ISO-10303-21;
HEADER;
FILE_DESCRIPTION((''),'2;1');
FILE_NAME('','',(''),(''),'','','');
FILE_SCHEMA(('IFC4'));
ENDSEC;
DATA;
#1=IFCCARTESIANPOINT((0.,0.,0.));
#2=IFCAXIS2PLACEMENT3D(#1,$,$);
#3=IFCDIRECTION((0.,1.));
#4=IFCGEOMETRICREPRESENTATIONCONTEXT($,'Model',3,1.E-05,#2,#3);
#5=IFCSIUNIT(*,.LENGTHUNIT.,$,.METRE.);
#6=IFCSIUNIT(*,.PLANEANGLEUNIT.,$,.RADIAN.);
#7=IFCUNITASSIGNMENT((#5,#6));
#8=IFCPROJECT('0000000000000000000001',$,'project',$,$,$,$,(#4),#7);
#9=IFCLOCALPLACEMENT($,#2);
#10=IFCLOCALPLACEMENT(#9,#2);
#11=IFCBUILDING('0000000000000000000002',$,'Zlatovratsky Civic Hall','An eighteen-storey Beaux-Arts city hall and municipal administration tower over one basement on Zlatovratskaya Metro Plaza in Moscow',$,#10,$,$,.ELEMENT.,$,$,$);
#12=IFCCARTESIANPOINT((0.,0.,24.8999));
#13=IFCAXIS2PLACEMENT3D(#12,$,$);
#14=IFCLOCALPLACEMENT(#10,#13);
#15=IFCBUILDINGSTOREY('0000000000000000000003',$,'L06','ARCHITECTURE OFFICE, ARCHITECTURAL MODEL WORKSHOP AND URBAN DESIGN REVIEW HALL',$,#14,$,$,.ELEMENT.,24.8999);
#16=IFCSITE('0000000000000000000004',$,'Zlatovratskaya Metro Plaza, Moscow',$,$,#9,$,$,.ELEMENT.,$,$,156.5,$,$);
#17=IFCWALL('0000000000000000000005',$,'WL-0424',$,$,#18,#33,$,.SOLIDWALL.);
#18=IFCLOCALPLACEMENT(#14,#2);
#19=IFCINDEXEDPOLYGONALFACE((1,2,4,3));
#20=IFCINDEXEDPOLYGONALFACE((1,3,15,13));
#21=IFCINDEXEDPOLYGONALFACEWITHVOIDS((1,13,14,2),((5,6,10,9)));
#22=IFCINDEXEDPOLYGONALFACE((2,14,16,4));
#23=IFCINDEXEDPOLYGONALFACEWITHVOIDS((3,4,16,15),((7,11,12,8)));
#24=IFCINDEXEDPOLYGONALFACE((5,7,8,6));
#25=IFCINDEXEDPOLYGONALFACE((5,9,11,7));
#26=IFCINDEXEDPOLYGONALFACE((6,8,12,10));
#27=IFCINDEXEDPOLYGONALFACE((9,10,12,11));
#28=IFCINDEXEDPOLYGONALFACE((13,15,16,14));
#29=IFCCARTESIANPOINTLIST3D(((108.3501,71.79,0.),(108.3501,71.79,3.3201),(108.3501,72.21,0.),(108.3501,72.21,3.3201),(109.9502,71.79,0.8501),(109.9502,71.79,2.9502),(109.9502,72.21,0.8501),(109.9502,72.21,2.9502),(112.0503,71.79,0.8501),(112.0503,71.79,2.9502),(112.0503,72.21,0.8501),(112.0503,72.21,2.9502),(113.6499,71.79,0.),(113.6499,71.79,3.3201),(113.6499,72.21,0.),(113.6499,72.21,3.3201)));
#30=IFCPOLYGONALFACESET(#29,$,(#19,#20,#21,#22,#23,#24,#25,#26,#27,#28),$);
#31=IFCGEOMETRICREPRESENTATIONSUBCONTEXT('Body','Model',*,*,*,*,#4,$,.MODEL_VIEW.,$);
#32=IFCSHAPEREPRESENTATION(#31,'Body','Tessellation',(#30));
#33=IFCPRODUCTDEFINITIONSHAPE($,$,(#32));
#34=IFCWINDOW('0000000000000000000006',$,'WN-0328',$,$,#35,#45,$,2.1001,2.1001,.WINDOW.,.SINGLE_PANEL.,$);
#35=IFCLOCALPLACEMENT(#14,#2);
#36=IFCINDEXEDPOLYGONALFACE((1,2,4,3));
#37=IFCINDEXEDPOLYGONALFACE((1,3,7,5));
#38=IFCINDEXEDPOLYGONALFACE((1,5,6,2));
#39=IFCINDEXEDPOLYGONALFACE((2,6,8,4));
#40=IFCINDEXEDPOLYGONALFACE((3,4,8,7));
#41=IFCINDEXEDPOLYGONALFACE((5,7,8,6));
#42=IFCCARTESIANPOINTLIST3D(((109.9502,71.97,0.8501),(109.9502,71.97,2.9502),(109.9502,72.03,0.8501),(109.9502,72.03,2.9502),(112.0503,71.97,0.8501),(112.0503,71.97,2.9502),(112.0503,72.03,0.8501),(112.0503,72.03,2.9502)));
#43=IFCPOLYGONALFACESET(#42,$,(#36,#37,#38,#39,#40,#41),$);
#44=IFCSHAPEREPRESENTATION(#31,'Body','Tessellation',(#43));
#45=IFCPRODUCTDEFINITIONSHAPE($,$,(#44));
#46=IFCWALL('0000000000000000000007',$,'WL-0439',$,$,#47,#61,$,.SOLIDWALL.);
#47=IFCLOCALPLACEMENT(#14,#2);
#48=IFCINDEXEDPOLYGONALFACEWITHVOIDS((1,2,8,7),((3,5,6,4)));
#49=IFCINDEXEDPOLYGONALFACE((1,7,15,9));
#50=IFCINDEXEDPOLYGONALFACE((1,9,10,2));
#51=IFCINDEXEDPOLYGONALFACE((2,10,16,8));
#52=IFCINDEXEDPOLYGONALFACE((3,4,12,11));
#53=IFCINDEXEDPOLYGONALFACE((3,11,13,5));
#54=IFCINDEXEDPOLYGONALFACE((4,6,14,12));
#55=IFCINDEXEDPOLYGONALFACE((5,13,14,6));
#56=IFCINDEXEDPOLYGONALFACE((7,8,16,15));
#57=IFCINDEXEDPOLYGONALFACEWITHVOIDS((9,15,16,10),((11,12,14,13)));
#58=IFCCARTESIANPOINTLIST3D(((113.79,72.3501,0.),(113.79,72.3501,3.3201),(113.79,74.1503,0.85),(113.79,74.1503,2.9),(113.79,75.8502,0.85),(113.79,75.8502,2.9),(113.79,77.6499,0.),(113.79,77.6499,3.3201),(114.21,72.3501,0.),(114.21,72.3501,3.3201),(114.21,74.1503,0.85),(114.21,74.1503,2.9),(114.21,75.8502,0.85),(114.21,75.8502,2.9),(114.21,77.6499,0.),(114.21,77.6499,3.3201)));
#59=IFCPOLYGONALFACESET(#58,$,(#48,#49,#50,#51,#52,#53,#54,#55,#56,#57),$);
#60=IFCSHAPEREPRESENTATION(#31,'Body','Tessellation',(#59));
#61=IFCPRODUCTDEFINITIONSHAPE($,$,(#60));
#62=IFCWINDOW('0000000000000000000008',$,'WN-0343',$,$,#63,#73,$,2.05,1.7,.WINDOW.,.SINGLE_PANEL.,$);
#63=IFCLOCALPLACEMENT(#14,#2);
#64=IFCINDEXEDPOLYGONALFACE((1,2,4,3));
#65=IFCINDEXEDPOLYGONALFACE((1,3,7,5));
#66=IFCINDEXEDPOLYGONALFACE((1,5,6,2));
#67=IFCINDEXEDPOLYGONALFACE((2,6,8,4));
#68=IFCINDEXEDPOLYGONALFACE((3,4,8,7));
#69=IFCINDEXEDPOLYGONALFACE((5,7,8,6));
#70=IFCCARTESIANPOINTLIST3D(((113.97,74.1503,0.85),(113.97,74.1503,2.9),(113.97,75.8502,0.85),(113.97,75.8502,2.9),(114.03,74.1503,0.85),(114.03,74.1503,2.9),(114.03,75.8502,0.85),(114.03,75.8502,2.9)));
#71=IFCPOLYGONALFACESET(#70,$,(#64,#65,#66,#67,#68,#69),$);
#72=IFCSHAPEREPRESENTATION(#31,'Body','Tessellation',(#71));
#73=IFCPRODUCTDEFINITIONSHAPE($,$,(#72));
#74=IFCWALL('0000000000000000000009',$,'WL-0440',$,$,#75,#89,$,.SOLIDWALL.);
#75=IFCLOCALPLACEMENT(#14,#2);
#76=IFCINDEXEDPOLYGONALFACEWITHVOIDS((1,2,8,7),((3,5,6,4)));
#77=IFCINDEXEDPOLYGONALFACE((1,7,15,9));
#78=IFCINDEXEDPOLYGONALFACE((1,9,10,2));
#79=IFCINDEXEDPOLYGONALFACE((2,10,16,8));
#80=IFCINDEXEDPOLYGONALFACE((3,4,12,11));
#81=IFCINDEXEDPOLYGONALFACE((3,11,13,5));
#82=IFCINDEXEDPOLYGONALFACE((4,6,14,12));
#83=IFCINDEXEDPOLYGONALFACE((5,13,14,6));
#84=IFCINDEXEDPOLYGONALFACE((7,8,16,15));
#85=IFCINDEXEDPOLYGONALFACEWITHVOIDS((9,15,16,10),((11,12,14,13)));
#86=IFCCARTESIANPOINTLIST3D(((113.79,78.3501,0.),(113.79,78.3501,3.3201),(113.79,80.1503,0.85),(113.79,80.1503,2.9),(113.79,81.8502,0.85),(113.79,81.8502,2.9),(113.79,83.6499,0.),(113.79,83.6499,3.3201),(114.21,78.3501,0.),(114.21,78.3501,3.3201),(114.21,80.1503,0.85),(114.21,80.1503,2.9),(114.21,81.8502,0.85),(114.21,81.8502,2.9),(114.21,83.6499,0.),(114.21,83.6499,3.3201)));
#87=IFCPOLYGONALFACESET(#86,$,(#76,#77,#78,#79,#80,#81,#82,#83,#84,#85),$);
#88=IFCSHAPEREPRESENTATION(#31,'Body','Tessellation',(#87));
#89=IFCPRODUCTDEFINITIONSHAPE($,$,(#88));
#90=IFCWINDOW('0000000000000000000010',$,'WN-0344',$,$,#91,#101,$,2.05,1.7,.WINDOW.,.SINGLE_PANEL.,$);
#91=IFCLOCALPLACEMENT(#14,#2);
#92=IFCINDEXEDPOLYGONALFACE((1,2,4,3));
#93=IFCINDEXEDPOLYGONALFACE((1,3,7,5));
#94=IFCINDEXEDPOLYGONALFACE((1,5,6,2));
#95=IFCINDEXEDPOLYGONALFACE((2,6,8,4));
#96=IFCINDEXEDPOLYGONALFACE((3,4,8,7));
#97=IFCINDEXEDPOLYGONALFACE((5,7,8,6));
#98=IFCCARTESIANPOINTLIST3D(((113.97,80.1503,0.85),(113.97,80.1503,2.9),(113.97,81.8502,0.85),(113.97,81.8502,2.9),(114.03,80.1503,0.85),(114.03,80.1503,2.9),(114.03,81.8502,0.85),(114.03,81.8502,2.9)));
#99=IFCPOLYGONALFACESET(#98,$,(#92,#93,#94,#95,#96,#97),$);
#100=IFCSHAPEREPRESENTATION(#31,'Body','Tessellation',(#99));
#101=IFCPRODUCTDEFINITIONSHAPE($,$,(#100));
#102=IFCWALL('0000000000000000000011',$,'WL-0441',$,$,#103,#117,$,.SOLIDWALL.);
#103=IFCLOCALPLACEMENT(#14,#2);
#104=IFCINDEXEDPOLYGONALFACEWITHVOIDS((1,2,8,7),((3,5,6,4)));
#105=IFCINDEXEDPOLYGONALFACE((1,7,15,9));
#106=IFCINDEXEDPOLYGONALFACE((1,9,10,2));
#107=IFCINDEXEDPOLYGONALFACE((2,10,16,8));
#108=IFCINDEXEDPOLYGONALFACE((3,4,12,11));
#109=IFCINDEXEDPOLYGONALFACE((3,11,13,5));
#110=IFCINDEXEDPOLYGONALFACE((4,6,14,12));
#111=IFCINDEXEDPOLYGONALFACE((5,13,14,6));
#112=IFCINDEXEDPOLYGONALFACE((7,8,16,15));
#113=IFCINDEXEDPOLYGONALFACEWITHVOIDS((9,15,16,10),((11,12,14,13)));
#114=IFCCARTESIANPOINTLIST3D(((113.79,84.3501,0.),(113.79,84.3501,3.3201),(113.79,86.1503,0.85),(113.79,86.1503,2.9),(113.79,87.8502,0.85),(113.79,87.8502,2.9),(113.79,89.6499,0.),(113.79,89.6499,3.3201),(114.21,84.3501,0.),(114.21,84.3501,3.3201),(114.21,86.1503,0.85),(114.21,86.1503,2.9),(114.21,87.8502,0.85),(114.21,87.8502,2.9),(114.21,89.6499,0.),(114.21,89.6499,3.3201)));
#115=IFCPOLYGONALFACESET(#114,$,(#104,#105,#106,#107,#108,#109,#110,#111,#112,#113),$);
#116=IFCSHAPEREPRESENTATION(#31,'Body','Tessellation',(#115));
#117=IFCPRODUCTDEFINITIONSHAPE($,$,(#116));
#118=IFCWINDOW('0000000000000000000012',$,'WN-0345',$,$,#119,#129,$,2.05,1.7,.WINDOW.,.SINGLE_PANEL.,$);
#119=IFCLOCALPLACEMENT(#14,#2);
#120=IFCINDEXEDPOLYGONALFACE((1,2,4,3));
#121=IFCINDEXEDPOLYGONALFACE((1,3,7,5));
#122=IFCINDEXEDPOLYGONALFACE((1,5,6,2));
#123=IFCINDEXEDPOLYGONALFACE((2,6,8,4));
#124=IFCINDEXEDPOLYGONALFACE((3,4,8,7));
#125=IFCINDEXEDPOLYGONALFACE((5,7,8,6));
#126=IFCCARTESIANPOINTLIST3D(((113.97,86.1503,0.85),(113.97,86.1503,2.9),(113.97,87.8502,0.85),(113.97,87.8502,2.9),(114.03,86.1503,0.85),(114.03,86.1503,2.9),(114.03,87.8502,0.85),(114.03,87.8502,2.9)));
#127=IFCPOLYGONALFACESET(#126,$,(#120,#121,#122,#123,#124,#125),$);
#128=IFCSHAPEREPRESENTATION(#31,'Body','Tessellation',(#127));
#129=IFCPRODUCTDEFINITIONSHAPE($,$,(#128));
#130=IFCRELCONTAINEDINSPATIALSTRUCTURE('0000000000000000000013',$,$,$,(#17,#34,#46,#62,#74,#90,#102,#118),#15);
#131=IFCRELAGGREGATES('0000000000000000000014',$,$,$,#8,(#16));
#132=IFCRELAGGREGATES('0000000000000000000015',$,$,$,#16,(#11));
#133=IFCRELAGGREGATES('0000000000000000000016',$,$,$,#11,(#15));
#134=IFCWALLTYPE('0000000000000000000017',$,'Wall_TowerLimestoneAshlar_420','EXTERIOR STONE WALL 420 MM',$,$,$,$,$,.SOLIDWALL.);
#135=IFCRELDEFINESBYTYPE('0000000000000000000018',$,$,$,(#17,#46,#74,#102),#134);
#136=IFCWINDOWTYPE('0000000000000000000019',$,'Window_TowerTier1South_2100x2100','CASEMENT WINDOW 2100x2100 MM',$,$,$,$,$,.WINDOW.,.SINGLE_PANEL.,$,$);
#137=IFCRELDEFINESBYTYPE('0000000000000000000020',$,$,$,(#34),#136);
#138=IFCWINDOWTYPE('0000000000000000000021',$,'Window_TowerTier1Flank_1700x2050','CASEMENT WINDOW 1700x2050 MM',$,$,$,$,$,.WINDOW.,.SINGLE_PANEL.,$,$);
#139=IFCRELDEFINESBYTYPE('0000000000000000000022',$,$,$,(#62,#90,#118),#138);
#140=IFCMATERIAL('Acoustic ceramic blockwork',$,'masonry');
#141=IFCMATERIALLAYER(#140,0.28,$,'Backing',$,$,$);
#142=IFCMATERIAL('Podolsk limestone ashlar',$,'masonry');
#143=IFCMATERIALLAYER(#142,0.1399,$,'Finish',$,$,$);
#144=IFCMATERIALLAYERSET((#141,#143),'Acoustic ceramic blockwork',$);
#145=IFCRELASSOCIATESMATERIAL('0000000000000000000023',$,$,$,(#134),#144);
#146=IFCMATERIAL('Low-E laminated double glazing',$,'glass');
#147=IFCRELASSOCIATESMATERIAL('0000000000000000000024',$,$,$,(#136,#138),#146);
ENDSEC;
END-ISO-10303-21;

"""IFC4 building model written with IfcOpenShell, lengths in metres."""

from ifc_helpers import new_model, si_unit, direction, frame, frame_2d, origin, place, context, subcontext, project, spatial, rectangle, extrude, material, layer, layer_set, type_object, element, fill, save


model = new_model("IFC4")

# Units and contexts
model_context = context("Model", 3, precision=1e-05, world=origin(), true_north=direction((0.0, 1.0)))
body_context = subcontext(model_context, "Body", "Model", "MODEL_VIEW")
ifc_project = project(units=[si_unit("LENGTHUNIT", "METRE"), si_unit("PLANEANGLEUNIT", "RADIAN")], contexts=[model_context])

# Site, building, storey
site_placement = place(None, origin())
site = spatial("IfcSite", under=ifc_project, at=site_placement, Name="Zlatovratskaya Metro Plaza, Moscow", CompositionType="ELEMENT", RefElevation=156.5)
building_placement = place(site_placement, origin())
building = spatial("IfcBuilding", under=site, at=building_placement, Name="Zlatovratsky Civic Hall", Description="An eighteen-storey Beaux-Arts city hall and municipal administration tower over one basement on Zlatovratskaya Metro Plaza in Moscow", CompositionType="ELEMENT")
storey_placement = place(building_placement, frame((0.0, 0.0, 24.8999)))
storey = spatial("IfcBuildingStorey", under=building, at=storey_placement, Name="L06", Description="ARCHITECTURE OFFICE, ARCHITECTURAL MODEL WORKSHOP AND URBAN DESIGN REVIEW HALL", CompositionType="ELEMENT", Elevation=24.8999)

# Walls, openings, windows
ifc_material_1 = material(Name="Acoustic ceramic blockwork", Category="masonry")
ifc_layer_1 = layer(ifc_material_1, 0.28, Name="Backing")
ifc_material_2 = material(Name="Podolsk limestone ashlar", Category="masonry")
ifc_layer_2 = layer(ifc_material_2, 0.1399, Name="Finish")
ifc_layer_set_1 = layer_set([ifc_layer_1, ifc_layer_2], Name="Acoustic ceramic blockwork")
wall_type_1 = type_object("IfcWallType", Name="Wall_TowerLimestoneAshlar_420", Description="EXTERIOR STONE WALL 420 MM", PredefinedType="SOLIDWALL", material=ifc_layer_set_1)
ifc_material_3 = material(Name="Low-E laminated double glazing", Category="glass")
window_type_1 = type_object("IfcWindowType", Name="Window_TowerTier1South_2100x2100", Description="CASEMENT WINDOW 2100x2100 MM", PartitioningType="SINGLE_PANEL", PredefinedType="WINDOW", material=ifc_material_3)
wall_1_placement = place(storey_placement, frame((108.3501, 72.0, 0.0), z_axis=(0.0, 0.0, 1.0), x_axis=(1.0, 0.0, 0.0)))
wall_1 = element("IfcWall", 1, at=wall_1_placement, inside=storey, type_object=wall_type_1, Name="WL-0424", PredefinedType="SOLIDWALL", context=body_context, shape_type="SweptSolid", body=[
    extrude(rectangle(XDim=5.2998, YDim=0.4199, at=frame_2d((2.6499, 0.0))), origin(), (0.0, 0.0, 1.0), 3.3201),
])
opening_1_placement = place(wall_1_placement, frame((1.6001, 0.0, 0.8501)))
opening_1 = element("IfcOpeningElement", 2, at=opening_1_placement, cuts=wall_1, PredefinedType="OPENING", context=body_context, shape_type="SweptSolid", body=[
    extrude(rectangle(XDim=2.1001, YDim=2.1001, at=frame_2d((1.05, 1.05))), frame((0.0, 0.2249, 0.0), z_axis=(0.0, -1.0, 0.0), x_axis=(1.0, 0.0, 0.0)), (0.0, 0.0, 1.0), 0.4497),
])
window_1_placement = place(opening_1_placement, origin())
window_1 = element("IfcWindow", 3, at=window_1_placement, inside=storey, type_object=window_type_1, Name="WN-0328", OverallHeight=2.1001, OverallWidth=2.1001, PartitioningType="SINGLE_PANEL", PredefinedType="WINDOW", context=body_context, shape_type="SweptSolid", body=[
    extrude(rectangle(XDim=2.1001, YDim=2.1001, at=frame_2d((1.05, 1.05))), frame((0.0, 0.03, 0.0), z_axis=(0.0, -1.0, 0.0), x_axis=(1.0, 0.0, 0.0)), (0.0, 0.0, 1.0), 0.0601),
])
fill(opening_1, window_1)
wall_2_placement = place(storey_placement, frame((114.0, 72.3501, 0.0), z_axis=(0.0, 0.0, 1.0), x_axis=(0.0, 1.0, 0.0)))
wall_2 = element("IfcWall", 4, at=wall_2_placement, inside=storey, type_object=wall_type_1, Name="WL-0439", PredefinedType="SOLIDWALL", context=body_context, shape_type="SweptSolid", body=[
    extrude(rectangle(XDim=5.2998, YDim=0.4199, at=frame_2d((2.6499, 0.0))), origin(), (0.0, 0.0, 1.0), 3.3201),
])
opening_2_placement = place(wall_2_placement, frame((1.8, 0.0, 0.8501)))
opening_2 = element("IfcOpeningElement", 5, at=opening_2_placement, cuts=wall_2, PredefinedType="OPENING", context=body_context, shape_type="SweptSolid", body=[
    extrude(rectangle(XDim=1.7, YDim=2.05, at=frame_2d((0.8501, 1.0249))), frame((0.0, 0.2249, 0.0), z_axis=(0.0, -1.0, 0.0), x_axis=(1.0, 0.0, 0.0)), (0.0, 0.0, 1.0), 0.4497),
])
window_type_2 = type_object("IfcWindowType", Name="Window_TowerTier1Flank_1700x2050", Description="CASEMENT WINDOW 1700x2050 MM", PartitioningType="SINGLE_PANEL", PredefinedType="WINDOW", material=ifc_material_3)
window_2_placement = place(opening_2_placement, origin())
window_2 = element("IfcWindow", 6, at=window_2_placement, inside=storey, type_object=window_type_2, Name="WN-0343", OverallHeight=2.05, OverallWidth=1.7, PartitioningType="SINGLE_PANEL", PredefinedType="WINDOW", context=body_context, shape_type="SweptSolid", body=[
    extrude(rectangle(XDim=1.7, YDim=2.05, at=frame_2d((0.8501, 1.0249))), frame((0.0, 0.03, 0.0), z_axis=(0.0, -1.0, 0.0), x_axis=(1.0, 0.0, 0.0)), (0.0, 0.0, 1.0), 0.0601),
])
fill(opening_2, window_2)
wall_3_placement = place(storey_placement, frame((114.0, 78.3501, 0.0), z_axis=(0.0, 0.0, 1.0), x_axis=(0.0, 1.0, 0.0)))
wall_3 = element("IfcWall", 7, at=wall_3_placement, inside=storey, type_object=wall_type_1, Name="WL-0440", PredefinedType="SOLIDWALL", context=body_context, shape_type="SweptSolid", body=[
    extrude(rectangle(XDim=5.2998, YDim=0.4199, at=frame_2d((2.6499, 0.0))), origin(), (0.0, 0.0, 1.0), 3.3201),
])
opening_3_placement = place(wall_3_placement, frame((1.8, 0.0, 0.8501)))
opening_3 = element("IfcOpeningElement", 8, at=opening_3_placement, cuts=wall_3, PredefinedType="OPENING", context=body_context, shape_type="SweptSolid", body=[
    extrude(rectangle(XDim=1.7, YDim=2.05, at=frame_2d((0.8501, 1.0249))), frame((0.0, 0.2249, 0.0), z_axis=(0.0, -1.0, 0.0), x_axis=(1.0, 0.0, 0.0)), (0.0, 0.0, 1.0), 0.4497),
])
window_3_placement = place(opening_3_placement, origin())
window_3 = element("IfcWindow", 9, at=window_3_placement, inside=storey, type_object=window_type_2, Name="WN-0344", OverallHeight=2.05, OverallWidth=1.7, PartitioningType="SINGLE_PANEL", PredefinedType="WINDOW", context=body_context, shape_type="SweptSolid", body=[
    extrude(rectangle(XDim=1.7, YDim=2.05, at=frame_2d((0.8501, 1.0249))), frame((0.0, 0.03, 0.0), z_axis=(0.0, -1.0, 0.0), x_axis=(1.0, 0.0, 0.0)), (0.0, 0.0, 1.0), 0.0601),
])
fill(opening_3, window_3)
wall_4_placement = place(storey_placement, frame((114.0, 84.3501, 0.0), z_axis=(0.0, 0.0, 1.0), x_axis=(0.0, 1.0, 0.0)))
wall_4 = element("IfcWall", 10, at=wall_4_placement, inside=storey, type_object=wall_type_1, Name="WL-0441", PredefinedType="SOLIDWALL", context=body_context, shape_type="SweptSolid", body=[
    extrude(rectangle(XDim=5.2998, YDim=0.4199, at=frame_2d((2.6499, 0.0))), origin(), (0.0, 0.0, 1.0), 3.3201),
])
opening_4_placement = place(wall_4_placement, frame((1.8, 0.0, 0.8501)))
opening_4 = element("IfcOpeningElement", 11, at=opening_4_placement, cuts=wall_4, PredefinedType="OPENING", context=body_context, shape_type="SweptSolid", body=[
    extrude(rectangle(XDim=1.7, YDim=2.05, at=frame_2d((0.8501, 1.0249))), frame((0.0, 0.2249, 0.0), z_axis=(0.0, -1.0, 0.0), x_axis=(1.0, 0.0, 0.0)), (0.0, 0.0, 1.0), 0.4497),
])
window_4_placement = place(opening_4_placement, origin())
window_4 = element("IfcWindow", 12, at=window_4_placement, inside=storey, type_object=window_type_2, Name="WN-0345", OverallHeight=2.05, OverallWidth=1.7, PartitioningType="SINGLE_PANEL", PredefinedType="WINDOW", context=body_context, shape_type="SweptSolid", body=[
    extrude(rectangle(XDim=1.7, YDim=2.05, at=frame_2d((0.8501, 1.0249))), frame((0.0, 0.03, 0.0), z_axis=(0.0, -1.0, 0.0), x_axis=(1.0, 0.0, 0.0)), (0.0, 0.0, 1.0), 0.0601),
])
fill(opening_4, window_4)

save(model, "model.ifc")
